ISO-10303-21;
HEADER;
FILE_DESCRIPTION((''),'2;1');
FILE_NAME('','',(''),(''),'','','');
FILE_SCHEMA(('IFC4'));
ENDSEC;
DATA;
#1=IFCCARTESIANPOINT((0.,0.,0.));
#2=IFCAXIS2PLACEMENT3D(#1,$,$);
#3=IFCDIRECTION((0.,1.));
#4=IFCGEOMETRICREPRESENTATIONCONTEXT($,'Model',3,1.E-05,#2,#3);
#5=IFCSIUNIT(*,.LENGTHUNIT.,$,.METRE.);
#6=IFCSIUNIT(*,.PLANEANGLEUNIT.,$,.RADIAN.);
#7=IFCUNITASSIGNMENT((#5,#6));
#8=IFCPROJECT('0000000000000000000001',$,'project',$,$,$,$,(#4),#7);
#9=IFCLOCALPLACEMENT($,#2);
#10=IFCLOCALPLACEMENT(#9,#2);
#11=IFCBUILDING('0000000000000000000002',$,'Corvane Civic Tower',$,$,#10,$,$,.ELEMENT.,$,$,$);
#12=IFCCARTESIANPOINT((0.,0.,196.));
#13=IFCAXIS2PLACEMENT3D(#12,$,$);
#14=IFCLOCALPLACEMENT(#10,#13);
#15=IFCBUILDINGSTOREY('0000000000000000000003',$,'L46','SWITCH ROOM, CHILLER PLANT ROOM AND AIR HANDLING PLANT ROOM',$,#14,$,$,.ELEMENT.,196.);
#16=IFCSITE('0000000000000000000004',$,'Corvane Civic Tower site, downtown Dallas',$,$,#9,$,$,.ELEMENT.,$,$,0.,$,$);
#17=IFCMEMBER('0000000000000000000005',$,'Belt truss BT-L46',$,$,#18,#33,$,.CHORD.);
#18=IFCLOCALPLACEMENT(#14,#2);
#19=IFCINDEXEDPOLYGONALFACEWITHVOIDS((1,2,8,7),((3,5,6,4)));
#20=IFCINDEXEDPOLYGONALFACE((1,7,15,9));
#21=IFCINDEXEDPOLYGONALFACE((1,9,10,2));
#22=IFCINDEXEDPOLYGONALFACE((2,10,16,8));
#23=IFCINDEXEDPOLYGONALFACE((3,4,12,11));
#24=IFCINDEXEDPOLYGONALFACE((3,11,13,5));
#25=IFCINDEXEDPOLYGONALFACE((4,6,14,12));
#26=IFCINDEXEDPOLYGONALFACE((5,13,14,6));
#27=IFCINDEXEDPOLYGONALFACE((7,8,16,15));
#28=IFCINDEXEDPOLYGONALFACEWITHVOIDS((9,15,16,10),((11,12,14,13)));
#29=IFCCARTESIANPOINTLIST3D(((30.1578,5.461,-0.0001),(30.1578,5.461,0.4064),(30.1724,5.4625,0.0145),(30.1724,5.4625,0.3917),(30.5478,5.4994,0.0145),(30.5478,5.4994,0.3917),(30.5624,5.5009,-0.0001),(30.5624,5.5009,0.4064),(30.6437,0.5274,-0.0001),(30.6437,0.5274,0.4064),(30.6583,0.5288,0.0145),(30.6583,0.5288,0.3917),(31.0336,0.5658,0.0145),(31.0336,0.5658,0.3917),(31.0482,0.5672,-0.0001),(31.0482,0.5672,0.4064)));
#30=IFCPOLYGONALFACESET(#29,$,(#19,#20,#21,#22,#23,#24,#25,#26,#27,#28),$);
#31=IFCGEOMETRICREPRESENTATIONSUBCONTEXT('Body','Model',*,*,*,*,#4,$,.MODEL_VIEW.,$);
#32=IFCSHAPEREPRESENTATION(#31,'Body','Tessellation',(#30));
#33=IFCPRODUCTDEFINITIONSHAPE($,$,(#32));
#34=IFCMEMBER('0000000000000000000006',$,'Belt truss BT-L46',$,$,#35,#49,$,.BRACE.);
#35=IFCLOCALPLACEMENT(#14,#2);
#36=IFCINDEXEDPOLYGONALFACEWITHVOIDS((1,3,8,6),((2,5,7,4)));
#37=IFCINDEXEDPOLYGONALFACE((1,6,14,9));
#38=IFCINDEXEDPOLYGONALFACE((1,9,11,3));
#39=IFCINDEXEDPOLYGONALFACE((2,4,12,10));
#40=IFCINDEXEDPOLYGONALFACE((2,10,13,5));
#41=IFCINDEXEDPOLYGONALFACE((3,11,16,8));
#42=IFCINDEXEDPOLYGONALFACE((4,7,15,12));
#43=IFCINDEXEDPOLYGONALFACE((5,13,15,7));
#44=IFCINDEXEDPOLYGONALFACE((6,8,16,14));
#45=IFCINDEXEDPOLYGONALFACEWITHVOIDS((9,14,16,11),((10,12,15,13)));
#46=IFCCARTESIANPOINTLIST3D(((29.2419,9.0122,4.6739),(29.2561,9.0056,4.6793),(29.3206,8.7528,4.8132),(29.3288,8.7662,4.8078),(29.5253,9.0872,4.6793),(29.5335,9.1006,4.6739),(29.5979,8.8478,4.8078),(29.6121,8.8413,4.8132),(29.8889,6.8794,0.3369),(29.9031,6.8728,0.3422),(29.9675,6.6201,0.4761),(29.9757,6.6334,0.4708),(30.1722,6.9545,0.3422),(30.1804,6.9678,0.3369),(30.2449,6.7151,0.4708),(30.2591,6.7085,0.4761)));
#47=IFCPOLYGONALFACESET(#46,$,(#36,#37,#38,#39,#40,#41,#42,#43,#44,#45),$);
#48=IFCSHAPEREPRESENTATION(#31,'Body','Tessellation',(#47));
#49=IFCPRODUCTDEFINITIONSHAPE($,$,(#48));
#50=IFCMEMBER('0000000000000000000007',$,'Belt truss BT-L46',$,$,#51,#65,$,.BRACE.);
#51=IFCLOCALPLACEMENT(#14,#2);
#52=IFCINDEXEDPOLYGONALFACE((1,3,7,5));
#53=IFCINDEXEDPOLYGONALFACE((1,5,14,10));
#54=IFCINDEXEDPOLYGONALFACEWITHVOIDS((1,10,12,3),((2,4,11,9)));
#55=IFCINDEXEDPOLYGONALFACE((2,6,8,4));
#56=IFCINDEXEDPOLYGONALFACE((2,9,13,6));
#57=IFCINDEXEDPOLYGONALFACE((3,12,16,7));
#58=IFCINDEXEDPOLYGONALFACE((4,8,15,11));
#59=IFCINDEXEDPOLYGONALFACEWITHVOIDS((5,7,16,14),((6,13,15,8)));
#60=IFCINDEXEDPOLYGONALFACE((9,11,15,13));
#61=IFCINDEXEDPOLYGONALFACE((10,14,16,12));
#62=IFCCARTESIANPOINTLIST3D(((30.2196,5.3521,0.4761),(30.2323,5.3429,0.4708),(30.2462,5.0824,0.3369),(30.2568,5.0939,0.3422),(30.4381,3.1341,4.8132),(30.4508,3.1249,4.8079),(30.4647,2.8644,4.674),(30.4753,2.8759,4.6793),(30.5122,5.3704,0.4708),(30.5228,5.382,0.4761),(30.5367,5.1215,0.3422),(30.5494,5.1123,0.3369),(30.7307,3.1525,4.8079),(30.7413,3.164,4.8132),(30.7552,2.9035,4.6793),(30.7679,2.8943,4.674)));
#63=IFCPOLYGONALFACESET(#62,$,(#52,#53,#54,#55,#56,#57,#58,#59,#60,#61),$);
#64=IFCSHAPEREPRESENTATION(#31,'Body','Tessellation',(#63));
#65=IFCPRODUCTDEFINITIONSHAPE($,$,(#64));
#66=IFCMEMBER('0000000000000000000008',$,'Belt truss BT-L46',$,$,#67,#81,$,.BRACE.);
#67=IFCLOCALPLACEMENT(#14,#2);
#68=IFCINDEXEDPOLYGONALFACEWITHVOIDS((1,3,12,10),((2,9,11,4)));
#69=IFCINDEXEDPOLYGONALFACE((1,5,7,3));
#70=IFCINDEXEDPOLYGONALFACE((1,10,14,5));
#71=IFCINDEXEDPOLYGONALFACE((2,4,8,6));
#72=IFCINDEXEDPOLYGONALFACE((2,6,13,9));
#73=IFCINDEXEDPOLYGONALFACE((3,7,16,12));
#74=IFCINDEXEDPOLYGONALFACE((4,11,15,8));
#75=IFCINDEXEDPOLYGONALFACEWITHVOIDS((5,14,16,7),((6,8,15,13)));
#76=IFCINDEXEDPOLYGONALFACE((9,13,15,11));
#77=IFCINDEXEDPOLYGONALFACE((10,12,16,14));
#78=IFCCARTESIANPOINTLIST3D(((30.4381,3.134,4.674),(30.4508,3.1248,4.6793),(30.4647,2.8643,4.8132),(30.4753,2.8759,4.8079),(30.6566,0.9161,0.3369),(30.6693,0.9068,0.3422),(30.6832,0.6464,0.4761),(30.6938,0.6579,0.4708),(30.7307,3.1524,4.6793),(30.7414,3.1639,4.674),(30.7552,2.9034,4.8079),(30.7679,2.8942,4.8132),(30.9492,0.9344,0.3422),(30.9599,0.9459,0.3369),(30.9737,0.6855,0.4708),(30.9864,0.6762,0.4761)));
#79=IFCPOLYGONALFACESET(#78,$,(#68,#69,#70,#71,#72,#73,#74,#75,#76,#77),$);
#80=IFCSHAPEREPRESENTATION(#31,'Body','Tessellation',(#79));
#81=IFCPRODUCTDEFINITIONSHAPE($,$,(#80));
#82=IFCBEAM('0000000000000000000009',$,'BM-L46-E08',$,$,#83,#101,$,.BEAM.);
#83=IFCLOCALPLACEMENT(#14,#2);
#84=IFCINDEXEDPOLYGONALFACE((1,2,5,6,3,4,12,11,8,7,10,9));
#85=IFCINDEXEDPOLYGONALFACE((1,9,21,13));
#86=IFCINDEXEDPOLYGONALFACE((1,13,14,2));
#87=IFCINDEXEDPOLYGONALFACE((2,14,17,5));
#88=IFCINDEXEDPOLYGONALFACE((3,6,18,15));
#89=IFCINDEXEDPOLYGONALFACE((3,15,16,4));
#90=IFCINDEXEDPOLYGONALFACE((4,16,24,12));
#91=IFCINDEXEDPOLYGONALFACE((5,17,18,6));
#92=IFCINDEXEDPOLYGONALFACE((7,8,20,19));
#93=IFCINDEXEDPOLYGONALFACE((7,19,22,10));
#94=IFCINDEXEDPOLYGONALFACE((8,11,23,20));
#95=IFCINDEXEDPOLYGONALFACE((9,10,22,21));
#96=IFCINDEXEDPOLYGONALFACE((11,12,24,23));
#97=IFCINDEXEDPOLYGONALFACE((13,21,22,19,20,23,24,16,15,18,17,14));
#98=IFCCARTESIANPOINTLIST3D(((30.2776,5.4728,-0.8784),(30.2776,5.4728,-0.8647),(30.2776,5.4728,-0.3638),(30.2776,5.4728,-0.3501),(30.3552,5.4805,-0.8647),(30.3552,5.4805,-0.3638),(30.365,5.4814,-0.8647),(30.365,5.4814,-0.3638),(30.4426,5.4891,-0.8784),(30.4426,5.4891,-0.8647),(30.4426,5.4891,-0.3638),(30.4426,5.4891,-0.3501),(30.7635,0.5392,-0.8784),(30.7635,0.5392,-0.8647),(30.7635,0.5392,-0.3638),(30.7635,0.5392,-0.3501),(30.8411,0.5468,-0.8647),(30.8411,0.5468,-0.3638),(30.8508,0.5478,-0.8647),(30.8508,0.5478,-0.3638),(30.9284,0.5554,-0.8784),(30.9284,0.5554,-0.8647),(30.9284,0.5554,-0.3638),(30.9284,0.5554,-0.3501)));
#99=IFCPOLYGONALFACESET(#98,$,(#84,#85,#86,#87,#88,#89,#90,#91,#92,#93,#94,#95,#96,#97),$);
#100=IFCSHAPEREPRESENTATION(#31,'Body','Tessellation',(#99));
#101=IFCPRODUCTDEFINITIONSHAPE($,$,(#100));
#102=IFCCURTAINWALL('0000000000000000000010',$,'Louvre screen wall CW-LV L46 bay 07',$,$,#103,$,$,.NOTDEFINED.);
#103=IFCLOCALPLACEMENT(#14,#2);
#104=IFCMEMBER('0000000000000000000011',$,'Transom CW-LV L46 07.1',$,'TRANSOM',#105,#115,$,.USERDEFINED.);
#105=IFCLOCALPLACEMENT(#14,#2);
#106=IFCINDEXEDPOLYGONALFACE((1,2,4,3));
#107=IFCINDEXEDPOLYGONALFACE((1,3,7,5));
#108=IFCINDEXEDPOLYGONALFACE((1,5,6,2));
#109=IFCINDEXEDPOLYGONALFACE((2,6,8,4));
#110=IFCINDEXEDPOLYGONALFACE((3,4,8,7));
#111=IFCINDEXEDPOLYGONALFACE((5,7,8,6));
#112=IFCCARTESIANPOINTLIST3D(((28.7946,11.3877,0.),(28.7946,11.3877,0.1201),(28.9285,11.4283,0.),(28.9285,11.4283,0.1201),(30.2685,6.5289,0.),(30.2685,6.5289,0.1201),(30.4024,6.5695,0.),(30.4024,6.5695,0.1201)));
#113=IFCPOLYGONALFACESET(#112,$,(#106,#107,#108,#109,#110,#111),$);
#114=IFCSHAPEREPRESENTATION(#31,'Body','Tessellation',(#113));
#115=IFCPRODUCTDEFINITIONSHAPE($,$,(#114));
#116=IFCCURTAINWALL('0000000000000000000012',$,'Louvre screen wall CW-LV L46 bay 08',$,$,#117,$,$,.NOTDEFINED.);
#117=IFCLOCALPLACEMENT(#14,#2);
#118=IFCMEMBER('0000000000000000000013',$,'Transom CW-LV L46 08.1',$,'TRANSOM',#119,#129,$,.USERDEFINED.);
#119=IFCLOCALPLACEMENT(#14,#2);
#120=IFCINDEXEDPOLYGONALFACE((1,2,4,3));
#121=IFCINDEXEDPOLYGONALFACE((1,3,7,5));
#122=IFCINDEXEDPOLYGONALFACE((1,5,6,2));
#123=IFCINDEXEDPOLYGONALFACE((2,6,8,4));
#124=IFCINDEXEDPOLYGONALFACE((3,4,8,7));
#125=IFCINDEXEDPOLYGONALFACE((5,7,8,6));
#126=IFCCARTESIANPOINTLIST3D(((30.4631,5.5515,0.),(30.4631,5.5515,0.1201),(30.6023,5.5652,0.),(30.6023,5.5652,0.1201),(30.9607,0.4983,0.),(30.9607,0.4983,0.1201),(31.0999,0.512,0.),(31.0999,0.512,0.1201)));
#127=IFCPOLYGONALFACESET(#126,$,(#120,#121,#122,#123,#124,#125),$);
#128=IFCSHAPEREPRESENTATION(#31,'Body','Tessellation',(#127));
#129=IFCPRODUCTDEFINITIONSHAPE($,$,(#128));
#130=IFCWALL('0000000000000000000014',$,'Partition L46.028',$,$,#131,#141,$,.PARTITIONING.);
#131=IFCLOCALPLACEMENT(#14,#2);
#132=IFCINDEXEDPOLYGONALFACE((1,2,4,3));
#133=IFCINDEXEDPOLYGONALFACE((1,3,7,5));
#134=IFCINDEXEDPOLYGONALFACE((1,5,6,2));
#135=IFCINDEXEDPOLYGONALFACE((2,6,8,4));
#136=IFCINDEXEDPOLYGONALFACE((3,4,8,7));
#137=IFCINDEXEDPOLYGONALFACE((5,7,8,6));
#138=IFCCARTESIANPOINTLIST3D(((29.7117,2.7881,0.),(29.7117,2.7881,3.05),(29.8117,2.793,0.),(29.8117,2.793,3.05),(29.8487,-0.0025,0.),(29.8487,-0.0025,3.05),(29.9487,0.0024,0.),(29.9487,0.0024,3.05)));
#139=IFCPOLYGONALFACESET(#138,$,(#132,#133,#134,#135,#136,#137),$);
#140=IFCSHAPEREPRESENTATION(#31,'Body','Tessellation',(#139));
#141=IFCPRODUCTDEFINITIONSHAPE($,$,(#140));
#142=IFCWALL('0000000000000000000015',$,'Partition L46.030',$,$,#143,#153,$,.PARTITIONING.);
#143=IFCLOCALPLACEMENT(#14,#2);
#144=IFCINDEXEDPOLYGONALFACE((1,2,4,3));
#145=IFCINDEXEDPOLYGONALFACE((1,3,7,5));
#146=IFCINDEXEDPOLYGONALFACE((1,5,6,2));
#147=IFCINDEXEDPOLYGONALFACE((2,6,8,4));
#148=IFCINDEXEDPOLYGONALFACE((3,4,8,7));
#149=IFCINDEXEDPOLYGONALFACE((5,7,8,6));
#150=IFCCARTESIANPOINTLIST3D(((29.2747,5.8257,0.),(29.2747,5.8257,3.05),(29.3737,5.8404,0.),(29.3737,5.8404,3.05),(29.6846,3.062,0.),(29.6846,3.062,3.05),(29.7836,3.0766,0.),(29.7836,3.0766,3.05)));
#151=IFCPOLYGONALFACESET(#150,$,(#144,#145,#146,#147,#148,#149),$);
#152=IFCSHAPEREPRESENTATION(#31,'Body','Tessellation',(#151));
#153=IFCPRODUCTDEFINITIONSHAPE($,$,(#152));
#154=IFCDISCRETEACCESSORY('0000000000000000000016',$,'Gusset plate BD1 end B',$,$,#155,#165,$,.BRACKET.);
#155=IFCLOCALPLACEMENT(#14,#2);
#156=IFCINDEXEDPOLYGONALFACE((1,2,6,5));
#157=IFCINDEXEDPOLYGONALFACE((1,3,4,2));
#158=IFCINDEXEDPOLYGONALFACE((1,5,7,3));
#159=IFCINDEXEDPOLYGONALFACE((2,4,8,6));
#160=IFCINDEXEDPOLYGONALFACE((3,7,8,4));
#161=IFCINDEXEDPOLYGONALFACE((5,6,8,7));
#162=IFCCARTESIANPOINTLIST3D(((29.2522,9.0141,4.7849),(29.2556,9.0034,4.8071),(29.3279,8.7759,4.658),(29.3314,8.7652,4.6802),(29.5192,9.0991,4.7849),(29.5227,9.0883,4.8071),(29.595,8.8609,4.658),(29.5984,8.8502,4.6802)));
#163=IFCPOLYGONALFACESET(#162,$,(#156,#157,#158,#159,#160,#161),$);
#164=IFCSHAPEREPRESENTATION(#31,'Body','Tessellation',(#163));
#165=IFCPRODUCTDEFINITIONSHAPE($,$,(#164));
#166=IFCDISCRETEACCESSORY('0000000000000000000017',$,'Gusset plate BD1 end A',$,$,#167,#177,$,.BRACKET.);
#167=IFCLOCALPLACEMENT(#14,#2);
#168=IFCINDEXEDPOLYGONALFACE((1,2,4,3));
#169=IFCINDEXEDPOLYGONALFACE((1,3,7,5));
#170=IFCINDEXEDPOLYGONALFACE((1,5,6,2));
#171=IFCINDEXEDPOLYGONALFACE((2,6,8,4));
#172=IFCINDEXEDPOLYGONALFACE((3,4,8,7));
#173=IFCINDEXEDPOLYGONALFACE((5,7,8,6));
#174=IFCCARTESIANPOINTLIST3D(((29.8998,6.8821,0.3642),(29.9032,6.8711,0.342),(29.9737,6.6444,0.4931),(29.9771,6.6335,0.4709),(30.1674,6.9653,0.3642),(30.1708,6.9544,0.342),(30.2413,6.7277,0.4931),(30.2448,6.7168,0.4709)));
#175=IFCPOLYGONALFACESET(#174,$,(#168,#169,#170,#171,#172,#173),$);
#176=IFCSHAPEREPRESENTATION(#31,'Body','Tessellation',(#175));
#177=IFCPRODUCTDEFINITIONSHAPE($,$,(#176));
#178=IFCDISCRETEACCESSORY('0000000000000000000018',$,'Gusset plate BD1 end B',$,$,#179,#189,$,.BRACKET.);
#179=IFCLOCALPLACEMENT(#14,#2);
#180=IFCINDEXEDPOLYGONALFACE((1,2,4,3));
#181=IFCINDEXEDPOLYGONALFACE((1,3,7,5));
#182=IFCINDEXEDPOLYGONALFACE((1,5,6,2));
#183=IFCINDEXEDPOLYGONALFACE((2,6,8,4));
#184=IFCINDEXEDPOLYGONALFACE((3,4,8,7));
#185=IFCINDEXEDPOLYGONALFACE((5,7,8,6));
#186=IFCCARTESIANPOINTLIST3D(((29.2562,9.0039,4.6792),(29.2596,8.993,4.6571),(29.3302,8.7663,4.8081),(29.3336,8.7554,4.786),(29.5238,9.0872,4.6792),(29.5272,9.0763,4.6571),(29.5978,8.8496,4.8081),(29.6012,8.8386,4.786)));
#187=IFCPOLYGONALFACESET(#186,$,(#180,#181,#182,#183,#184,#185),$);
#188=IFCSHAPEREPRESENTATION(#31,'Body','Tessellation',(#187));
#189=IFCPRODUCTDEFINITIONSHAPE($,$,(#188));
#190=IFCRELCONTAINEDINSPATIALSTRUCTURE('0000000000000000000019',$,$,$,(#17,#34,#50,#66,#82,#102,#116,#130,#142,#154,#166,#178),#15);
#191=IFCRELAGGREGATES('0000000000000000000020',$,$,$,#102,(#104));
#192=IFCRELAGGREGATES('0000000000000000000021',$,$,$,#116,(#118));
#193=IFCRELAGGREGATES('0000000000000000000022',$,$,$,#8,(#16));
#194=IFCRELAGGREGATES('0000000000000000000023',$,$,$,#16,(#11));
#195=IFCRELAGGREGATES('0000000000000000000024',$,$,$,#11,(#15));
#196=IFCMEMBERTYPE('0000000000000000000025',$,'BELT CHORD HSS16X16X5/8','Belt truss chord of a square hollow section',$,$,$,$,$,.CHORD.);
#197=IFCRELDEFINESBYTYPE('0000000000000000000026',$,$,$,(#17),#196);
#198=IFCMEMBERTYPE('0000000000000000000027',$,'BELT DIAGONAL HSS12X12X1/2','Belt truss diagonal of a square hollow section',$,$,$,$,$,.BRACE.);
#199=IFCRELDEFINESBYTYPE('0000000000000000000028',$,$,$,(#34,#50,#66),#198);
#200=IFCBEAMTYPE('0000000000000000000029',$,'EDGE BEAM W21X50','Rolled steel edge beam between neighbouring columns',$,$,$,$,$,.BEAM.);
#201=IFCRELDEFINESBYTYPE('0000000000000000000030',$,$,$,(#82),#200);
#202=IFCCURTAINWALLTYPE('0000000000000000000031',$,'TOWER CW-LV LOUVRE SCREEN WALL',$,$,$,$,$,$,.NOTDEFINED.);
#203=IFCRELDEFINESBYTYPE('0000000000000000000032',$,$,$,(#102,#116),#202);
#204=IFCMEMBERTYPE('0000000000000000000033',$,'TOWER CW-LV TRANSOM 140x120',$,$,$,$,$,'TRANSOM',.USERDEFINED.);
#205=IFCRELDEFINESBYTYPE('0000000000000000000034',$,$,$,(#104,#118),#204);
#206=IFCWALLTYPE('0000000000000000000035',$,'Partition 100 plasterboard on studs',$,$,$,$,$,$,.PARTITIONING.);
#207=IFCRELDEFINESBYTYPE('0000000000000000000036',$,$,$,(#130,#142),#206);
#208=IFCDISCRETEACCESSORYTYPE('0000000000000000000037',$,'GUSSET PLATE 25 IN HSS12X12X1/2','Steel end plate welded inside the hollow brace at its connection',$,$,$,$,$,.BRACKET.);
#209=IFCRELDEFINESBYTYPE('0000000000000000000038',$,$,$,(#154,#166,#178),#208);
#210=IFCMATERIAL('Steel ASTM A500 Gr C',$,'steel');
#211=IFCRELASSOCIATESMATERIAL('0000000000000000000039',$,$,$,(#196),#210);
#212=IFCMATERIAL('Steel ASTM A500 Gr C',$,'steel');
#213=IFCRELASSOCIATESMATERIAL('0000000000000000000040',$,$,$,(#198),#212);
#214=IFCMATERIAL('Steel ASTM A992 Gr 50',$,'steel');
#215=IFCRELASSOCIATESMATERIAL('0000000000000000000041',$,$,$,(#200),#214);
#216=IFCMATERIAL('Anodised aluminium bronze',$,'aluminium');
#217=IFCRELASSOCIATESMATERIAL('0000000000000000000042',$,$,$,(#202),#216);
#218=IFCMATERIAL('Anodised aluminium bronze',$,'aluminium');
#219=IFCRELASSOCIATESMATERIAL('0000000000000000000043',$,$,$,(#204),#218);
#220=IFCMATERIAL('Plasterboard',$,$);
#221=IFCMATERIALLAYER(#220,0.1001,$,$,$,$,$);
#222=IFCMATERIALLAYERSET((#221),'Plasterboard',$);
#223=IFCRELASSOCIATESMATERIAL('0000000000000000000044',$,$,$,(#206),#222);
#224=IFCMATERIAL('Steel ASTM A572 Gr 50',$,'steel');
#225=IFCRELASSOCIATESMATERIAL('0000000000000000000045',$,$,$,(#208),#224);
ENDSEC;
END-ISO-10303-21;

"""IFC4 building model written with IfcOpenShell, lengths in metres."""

from ifc_helpers import new_model, si_unit, direction, frame, frame_2d, origin, origin_2d, place, context, subcontext, project, spatial, rectangle, hollow_rectangle, i_section, extrude, material, layer, layer_set, material_profile, profile_set, type_object, element, aggregate, save


model = new_model("IFC4")

# Units and contexts
model_context = context("Model", 3, precision=1e-05, world=origin(), true_north=direction((0.0, 1.0)))
body_context = subcontext(model_context, "Body", "Model", "MODEL_VIEW")
ifc_project = project(units=[si_unit("LENGTHUNIT", "METRE"), si_unit("PLANEANGLEUNIT", "RADIAN")], contexts=[model_context])

# Site, building, storey
site_placement = place(None, origin())
site = spatial("IfcSite", under=ifc_project, at=site_placement, Name="Corvane Civic Tower site, downtown Dallas", CompositionType="ELEMENT", RefElevation=0.0)
building_placement = place(site_placement, origin())
building = spatial("IfcBuilding", under=site, at=building_placement, Name="Corvane Civic Tower", CompositionType="ELEMENT")
storey_placement = place(building_placement, frame((0.0, 0.0, 196.0)))
storey = spatial("IfcBuildingStorey", under=building, at=storey_placement, Name="L46", Description="SWITCH ROOM, CHILLER PLANT ROOM AND AIR HANDLING PLANT ROOM", CompositionType="ELEMENT", Elevation=196.0)

# Members
ifc_material_1 = material(Name="Steel ASTM A500 Gr C", Category="steel")
ifc_material_profile_1 = material_profile(ifc_material_1, hollow_rectangle(XDim=0.4065, YDim=0.4065, WallThickness=0.0146, at=origin_2d()), Name="HSS16X16X5/8")
ifc_profile_set_1 = profile_set([ifc_material_profile_1], Name="Steel ASTM A500 Gr C")
member_type_1 = type_object("IfcMemberType", Name="BELT CHORD HSS16X16X5/8", Description="Belt truss chord of a square hollow section", PredefinedType="CHORD", material=ifc_profile_set_1)
for number, where, z_axis, x_axis, name in (
    (1, (30.3601, 5.481, 0.2031), (0.098002, -0.995186, 0.0), (0.995186, 0.098002, 0.0), "Belt truss BT-L46"),
):
    element("IfcMember", number, at=place(storey_placement, frame(where, z_axis=z_axis, x_axis=x_axis)), inside=storey, type_object=member_type_1, Name=name, PredefinedType="CHORD", context=body_context, shape_type="SweptSolid", body=[
        extrude(hollow_rectangle(XDim=0.4065, YDim=0.4065, WallThickness=0.0146, at=origin_2d()), origin(), (0.0, 0.0, 1.0), 4.9575),
    ])
ifc_material_2 = material(Name="Steel ASTM A500 Gr C", Category="steel")
ifc_material_profile_2 = material_profile(ifc_material_2, hollow_rectangle(XDim=0.3047, YDim=0.3047, WallThickness=0.0117, at=origin_2d()), Name="HSS12X12X1/2")
ifc_profile_set_2 = profile_set([ifc_material_profile_2], Name="Steel ASTM A500 Gr C")
member_type_2 = type_object("IfcMemberType", Name="BELT DIAGONAL HSS12X12X1/2", Description="Belt truss diagonal of a square hollow section", PredefinedType="BRACE", material=ifc_profile_set_2)
for number, where, z_axis, x_axis, name in (
    (2, (30.074, 6.7939, 0.4065), (-0.132677, 0.437382, 0.889434), (-0.956941, -0.290281, 0.0), "Belt truss BT-L46"),
    (3, (30.3845, 5.2322, 0.4065), (0.04481, -0.454857, 0.889437), (0.995183, 0.098039, 0.0), "Belt truss BT-L46"),
    (4, (30.8215, 0.7961, 0.4065), (-0.04481, 0.454857, 0.889437), (-0.995183, -0.098039, 0.0), "Belt truss BT-L46"),
):
    element("IfcMember", number, at=place(storey_placement, frame(where, z_axis=z_axis, x_axis=x_axis)), inside=storey, type_object=member_type_2, Name=name, PredefinedType="BRACE", context=body_context, shape_type="SweptSolid", body=[
        extrude(hollow_rectangle(XDim=0.3047, YDim=0.3047, WallThickness=0.0117, at=origin_2d()), origin(), (0.0, 0.0, 1.0), 4.8762),
    ])

# Beam
ifc_material_3 = material(Name="Steel ASTM A992 Gr 50", Category="steel")
ifc_material_profile_3 = material_profile(ifc_material_3, i_section(OverallWidth=0.1658, OverallDepth=0.5283, WebThickness=0.0098, FlangeThickness=0.0137, at=origin_2d()), Name="W21X50")
ifc_profile_set_3 = profile_set([ifc_material_profile_3], Name="Steel ASTM A992 Gr 50")
beam_type = type_object("IfcBeamType", Name="EDGE BEAM W21X50", Description="Rolled steel edge beam between neighbouring columns", PredefinedType="BEAM", material=ifc_profile_set_3)
beam_placement = place(storey_placement, frame((30.3601, 5.481, -0.6143), z_axis=(0.098002, -0.995186, 0.0), x_axis=(0.995186, 0.098002, 0.0)))
element("IfcBeam", 5, at=beam_placement, inside=storey, type_object=beam_type, Name="BM-L46-E08", PredefinedType="BEAM", context=body_context, shape_type="SweptSolid", body=[
    extrude(i_section(OverallWidth=0.1658, OverallDepth=0.5283, WebThickness=0.0098, FlangeThickness=0.0137, at=origin_2d()), origin(), (0.0, 0.0, 1.0), 4.9575),
])

# Curtain walls, members
ifc_material_4 = material(Name="Anodised aluminium bronze", Category="aluminium")
curtain_wall_type = type_object("IfcCurtainWallType", Name="TOWER CW-LV LOUVRE SCREEN WALL", PredefinedType="NOTDEFINED", material=ifc_material_4)
curtain_wall_1_placement = place(storey_placement, origin())
curtain_wall_1 = element("IfcCurtainWall", 6, at=curtain_wall_1_placement, inside=storey, type_object=curtain_wall_type, Name="Louvre screen wall CW-LV L46 bay 07", PredefinedType="NOTDEFINED")
ifc_material_5 = material(Name="Anodised aluminium bronze", Category="aluminium")
ifc_material_profile_4 = material_profile(ifc_material_5, rectangle(XDim=0.1399, YDim=0.1201, at=origin_2d()), Name="TOWER CW-LV TRANSOM 140x120")
ifc_profile_set_4 = profile_set([ifc_material_profile_4], Name="Anodised aluminium bronze")
member_type_3 = type_object("IfcMemberType", Name="TOWER CW-LV TRANSOM 140x120", ElementType="TRANSOM", PredefinedType="USERDEFINED", material=ifc_profile_set_4)
member_1_placement = place(storey_placement, frame((28.8616, 11.408, 0.0601), z_axis=(0.290289, -0.956939, 0.0), x_axis=(0.956939, 0.290289, 0.0)))
member_1 = element("IfcMember", 7, at=member_1_placement, type_object=member_type_3, Name="Transom CW-LV L46 07.1", ObjectType="TRANSOM", PredefinedType="USERDEFINED", context=body_context, shape_type="SweptSolid", body=[
    extrude(rectangle(XDim=0.1399, YDim=0.1201, at=origin_2d()), origin(), (0.0, 0.0, 1.0), 5.0774),
])
curtain_wall_2_placement = place(storey_placement, origin())
curtain_wall_2 = element("IfcCurtainWall", 8, at=curtain_wall_2_placement, inside=storey, type_object=curtain_wall_type, Name="Louvre screen wall CW-LV L46 bay 08", PredefinedType="NOTDEFINED")
member_2_placement = place(storey_placement, frame((30.5327, 5.5583, 0.0601), z_axis=(0.09799, -0.995187, 0.0), x_axis=(0.995187, 0.09799, 0.0)))
member_2 = element("IfcMember", 9, at=member_2_placement, type_object=member_type_3, Name="Transom CW-LV L46 08.1", ObjectType="TRANSOM", PredefinedType="USERDEFINED", context=body_context, shape_type="SweptSolid", body=[
    extrude(rectangle(XDim=0.1399, YDim=0.1201, at=origin_2d()), origin(), (0.0, 0.0, 1.0), 5.0776),
])

# Walls
ifc_material_6 = material(Name="Plasterboard")
ifc_layer = layer(ifc_material_6, 0.1001)
ifc_layer_set = layer_set([ifc_layer], Name="Plasterboard")
wall_type = type_object("IfcWallType", Name="Partition 100 plasterboard on studs", PredefinedType="PARTITIONING", material=ifc_layer_set)
for number, where, z_axis, x_axis, name in (
    (10, (29.7617, 2.7905, 0.0), (0.0, 0.0, 1.0), (0.049022, -0.998798, 0.0), "Partition L46.028"),
    (11, (29.3242, 5.833, 0.0), (0.0, 0.0, 1.0), (0.146717, -0.989179, 0.0), "Partition L46.030"),
):
    element("IfcWall", number, at=place(storey_placement, frame(where, z_axis=z_axis, x_axis=x_axis)), inside=storey, type_object=wall_type, Name=name, PredefinedType="PARTITIONING", context=body_context, shape_type="SweptSolid", body=[
        extrude(rectangle(XDim=2.7939, YDim=0.1001, at=frame_2d((1.397, 0.0))), origin(), (0.0, 0.0, 1.0), 3.05),
    ])

aggregate(curtain_wall_1, [member_1])
aggregate(curtain_wall_2, [member_2])

# Discrete accessories
ifc_material_7 = material(Name="Steel ASTM A572 Gr 50", Category="steel")
ifc_material_profile_5 = material_profile(ifc_material_7, rectangle(XDim=0.2803, YDim=0.2803, at=origin_2d()), Name="GUSSET PLATE 25 IN HSS12X12X1/2")
ifc_profile_set_5 = profile_set([ifc_material_profile_5], Name="Steel ASTM A572 Gr 50")
discrete_accessory_type = type_object("IfcDiscreteAccessoryType", Name="GUSSET PLATE 25 IN HSS12X12X1/2", Description="Steel end plate welded inside the hollow brace at its connection", PredefinedType="BRACKET", material=ifc_profile_set_5)
for number, where, z_axis, x_axis, name in (
    (12, (29.427, 8.9268, 4.7437), (-0.137196, 0.431186, -0.891771), (-0.952926, -0.303204, 0.0), "Gusset plate BD1 end B"),
    (13, (30.074, 6.7939, 0.4065), (-0.136613, 0.439113, 0.887985), (-0.954857, -0.297067, 0.0), "Gusset plate BD1 end A"),
    (14, (29.427, 8.9268, 4.7437), (0.136613, -0.439113, -0.887985), (0.954857, 0.297067, 0.0), "Gusset plate BD1 end B"),
):
    element("IfcDiscreteAccessory", number, at=place(storey_placement, frame(where, z_axis=z_axis, x_axis=x_axis)), inside=storey, type_object=discrete_accessory_type, Name=name, PredefinedType="BRACKET", context=body_context, shape_type="SweptSolid", body=[
        extrude(rectangle(XDim=0.2803, YDim=0.2803, at=origin_2d()), origin(), (0.0, 0.0, 1.0), 0.0249),
    ])

save(model, "model.ifc")
